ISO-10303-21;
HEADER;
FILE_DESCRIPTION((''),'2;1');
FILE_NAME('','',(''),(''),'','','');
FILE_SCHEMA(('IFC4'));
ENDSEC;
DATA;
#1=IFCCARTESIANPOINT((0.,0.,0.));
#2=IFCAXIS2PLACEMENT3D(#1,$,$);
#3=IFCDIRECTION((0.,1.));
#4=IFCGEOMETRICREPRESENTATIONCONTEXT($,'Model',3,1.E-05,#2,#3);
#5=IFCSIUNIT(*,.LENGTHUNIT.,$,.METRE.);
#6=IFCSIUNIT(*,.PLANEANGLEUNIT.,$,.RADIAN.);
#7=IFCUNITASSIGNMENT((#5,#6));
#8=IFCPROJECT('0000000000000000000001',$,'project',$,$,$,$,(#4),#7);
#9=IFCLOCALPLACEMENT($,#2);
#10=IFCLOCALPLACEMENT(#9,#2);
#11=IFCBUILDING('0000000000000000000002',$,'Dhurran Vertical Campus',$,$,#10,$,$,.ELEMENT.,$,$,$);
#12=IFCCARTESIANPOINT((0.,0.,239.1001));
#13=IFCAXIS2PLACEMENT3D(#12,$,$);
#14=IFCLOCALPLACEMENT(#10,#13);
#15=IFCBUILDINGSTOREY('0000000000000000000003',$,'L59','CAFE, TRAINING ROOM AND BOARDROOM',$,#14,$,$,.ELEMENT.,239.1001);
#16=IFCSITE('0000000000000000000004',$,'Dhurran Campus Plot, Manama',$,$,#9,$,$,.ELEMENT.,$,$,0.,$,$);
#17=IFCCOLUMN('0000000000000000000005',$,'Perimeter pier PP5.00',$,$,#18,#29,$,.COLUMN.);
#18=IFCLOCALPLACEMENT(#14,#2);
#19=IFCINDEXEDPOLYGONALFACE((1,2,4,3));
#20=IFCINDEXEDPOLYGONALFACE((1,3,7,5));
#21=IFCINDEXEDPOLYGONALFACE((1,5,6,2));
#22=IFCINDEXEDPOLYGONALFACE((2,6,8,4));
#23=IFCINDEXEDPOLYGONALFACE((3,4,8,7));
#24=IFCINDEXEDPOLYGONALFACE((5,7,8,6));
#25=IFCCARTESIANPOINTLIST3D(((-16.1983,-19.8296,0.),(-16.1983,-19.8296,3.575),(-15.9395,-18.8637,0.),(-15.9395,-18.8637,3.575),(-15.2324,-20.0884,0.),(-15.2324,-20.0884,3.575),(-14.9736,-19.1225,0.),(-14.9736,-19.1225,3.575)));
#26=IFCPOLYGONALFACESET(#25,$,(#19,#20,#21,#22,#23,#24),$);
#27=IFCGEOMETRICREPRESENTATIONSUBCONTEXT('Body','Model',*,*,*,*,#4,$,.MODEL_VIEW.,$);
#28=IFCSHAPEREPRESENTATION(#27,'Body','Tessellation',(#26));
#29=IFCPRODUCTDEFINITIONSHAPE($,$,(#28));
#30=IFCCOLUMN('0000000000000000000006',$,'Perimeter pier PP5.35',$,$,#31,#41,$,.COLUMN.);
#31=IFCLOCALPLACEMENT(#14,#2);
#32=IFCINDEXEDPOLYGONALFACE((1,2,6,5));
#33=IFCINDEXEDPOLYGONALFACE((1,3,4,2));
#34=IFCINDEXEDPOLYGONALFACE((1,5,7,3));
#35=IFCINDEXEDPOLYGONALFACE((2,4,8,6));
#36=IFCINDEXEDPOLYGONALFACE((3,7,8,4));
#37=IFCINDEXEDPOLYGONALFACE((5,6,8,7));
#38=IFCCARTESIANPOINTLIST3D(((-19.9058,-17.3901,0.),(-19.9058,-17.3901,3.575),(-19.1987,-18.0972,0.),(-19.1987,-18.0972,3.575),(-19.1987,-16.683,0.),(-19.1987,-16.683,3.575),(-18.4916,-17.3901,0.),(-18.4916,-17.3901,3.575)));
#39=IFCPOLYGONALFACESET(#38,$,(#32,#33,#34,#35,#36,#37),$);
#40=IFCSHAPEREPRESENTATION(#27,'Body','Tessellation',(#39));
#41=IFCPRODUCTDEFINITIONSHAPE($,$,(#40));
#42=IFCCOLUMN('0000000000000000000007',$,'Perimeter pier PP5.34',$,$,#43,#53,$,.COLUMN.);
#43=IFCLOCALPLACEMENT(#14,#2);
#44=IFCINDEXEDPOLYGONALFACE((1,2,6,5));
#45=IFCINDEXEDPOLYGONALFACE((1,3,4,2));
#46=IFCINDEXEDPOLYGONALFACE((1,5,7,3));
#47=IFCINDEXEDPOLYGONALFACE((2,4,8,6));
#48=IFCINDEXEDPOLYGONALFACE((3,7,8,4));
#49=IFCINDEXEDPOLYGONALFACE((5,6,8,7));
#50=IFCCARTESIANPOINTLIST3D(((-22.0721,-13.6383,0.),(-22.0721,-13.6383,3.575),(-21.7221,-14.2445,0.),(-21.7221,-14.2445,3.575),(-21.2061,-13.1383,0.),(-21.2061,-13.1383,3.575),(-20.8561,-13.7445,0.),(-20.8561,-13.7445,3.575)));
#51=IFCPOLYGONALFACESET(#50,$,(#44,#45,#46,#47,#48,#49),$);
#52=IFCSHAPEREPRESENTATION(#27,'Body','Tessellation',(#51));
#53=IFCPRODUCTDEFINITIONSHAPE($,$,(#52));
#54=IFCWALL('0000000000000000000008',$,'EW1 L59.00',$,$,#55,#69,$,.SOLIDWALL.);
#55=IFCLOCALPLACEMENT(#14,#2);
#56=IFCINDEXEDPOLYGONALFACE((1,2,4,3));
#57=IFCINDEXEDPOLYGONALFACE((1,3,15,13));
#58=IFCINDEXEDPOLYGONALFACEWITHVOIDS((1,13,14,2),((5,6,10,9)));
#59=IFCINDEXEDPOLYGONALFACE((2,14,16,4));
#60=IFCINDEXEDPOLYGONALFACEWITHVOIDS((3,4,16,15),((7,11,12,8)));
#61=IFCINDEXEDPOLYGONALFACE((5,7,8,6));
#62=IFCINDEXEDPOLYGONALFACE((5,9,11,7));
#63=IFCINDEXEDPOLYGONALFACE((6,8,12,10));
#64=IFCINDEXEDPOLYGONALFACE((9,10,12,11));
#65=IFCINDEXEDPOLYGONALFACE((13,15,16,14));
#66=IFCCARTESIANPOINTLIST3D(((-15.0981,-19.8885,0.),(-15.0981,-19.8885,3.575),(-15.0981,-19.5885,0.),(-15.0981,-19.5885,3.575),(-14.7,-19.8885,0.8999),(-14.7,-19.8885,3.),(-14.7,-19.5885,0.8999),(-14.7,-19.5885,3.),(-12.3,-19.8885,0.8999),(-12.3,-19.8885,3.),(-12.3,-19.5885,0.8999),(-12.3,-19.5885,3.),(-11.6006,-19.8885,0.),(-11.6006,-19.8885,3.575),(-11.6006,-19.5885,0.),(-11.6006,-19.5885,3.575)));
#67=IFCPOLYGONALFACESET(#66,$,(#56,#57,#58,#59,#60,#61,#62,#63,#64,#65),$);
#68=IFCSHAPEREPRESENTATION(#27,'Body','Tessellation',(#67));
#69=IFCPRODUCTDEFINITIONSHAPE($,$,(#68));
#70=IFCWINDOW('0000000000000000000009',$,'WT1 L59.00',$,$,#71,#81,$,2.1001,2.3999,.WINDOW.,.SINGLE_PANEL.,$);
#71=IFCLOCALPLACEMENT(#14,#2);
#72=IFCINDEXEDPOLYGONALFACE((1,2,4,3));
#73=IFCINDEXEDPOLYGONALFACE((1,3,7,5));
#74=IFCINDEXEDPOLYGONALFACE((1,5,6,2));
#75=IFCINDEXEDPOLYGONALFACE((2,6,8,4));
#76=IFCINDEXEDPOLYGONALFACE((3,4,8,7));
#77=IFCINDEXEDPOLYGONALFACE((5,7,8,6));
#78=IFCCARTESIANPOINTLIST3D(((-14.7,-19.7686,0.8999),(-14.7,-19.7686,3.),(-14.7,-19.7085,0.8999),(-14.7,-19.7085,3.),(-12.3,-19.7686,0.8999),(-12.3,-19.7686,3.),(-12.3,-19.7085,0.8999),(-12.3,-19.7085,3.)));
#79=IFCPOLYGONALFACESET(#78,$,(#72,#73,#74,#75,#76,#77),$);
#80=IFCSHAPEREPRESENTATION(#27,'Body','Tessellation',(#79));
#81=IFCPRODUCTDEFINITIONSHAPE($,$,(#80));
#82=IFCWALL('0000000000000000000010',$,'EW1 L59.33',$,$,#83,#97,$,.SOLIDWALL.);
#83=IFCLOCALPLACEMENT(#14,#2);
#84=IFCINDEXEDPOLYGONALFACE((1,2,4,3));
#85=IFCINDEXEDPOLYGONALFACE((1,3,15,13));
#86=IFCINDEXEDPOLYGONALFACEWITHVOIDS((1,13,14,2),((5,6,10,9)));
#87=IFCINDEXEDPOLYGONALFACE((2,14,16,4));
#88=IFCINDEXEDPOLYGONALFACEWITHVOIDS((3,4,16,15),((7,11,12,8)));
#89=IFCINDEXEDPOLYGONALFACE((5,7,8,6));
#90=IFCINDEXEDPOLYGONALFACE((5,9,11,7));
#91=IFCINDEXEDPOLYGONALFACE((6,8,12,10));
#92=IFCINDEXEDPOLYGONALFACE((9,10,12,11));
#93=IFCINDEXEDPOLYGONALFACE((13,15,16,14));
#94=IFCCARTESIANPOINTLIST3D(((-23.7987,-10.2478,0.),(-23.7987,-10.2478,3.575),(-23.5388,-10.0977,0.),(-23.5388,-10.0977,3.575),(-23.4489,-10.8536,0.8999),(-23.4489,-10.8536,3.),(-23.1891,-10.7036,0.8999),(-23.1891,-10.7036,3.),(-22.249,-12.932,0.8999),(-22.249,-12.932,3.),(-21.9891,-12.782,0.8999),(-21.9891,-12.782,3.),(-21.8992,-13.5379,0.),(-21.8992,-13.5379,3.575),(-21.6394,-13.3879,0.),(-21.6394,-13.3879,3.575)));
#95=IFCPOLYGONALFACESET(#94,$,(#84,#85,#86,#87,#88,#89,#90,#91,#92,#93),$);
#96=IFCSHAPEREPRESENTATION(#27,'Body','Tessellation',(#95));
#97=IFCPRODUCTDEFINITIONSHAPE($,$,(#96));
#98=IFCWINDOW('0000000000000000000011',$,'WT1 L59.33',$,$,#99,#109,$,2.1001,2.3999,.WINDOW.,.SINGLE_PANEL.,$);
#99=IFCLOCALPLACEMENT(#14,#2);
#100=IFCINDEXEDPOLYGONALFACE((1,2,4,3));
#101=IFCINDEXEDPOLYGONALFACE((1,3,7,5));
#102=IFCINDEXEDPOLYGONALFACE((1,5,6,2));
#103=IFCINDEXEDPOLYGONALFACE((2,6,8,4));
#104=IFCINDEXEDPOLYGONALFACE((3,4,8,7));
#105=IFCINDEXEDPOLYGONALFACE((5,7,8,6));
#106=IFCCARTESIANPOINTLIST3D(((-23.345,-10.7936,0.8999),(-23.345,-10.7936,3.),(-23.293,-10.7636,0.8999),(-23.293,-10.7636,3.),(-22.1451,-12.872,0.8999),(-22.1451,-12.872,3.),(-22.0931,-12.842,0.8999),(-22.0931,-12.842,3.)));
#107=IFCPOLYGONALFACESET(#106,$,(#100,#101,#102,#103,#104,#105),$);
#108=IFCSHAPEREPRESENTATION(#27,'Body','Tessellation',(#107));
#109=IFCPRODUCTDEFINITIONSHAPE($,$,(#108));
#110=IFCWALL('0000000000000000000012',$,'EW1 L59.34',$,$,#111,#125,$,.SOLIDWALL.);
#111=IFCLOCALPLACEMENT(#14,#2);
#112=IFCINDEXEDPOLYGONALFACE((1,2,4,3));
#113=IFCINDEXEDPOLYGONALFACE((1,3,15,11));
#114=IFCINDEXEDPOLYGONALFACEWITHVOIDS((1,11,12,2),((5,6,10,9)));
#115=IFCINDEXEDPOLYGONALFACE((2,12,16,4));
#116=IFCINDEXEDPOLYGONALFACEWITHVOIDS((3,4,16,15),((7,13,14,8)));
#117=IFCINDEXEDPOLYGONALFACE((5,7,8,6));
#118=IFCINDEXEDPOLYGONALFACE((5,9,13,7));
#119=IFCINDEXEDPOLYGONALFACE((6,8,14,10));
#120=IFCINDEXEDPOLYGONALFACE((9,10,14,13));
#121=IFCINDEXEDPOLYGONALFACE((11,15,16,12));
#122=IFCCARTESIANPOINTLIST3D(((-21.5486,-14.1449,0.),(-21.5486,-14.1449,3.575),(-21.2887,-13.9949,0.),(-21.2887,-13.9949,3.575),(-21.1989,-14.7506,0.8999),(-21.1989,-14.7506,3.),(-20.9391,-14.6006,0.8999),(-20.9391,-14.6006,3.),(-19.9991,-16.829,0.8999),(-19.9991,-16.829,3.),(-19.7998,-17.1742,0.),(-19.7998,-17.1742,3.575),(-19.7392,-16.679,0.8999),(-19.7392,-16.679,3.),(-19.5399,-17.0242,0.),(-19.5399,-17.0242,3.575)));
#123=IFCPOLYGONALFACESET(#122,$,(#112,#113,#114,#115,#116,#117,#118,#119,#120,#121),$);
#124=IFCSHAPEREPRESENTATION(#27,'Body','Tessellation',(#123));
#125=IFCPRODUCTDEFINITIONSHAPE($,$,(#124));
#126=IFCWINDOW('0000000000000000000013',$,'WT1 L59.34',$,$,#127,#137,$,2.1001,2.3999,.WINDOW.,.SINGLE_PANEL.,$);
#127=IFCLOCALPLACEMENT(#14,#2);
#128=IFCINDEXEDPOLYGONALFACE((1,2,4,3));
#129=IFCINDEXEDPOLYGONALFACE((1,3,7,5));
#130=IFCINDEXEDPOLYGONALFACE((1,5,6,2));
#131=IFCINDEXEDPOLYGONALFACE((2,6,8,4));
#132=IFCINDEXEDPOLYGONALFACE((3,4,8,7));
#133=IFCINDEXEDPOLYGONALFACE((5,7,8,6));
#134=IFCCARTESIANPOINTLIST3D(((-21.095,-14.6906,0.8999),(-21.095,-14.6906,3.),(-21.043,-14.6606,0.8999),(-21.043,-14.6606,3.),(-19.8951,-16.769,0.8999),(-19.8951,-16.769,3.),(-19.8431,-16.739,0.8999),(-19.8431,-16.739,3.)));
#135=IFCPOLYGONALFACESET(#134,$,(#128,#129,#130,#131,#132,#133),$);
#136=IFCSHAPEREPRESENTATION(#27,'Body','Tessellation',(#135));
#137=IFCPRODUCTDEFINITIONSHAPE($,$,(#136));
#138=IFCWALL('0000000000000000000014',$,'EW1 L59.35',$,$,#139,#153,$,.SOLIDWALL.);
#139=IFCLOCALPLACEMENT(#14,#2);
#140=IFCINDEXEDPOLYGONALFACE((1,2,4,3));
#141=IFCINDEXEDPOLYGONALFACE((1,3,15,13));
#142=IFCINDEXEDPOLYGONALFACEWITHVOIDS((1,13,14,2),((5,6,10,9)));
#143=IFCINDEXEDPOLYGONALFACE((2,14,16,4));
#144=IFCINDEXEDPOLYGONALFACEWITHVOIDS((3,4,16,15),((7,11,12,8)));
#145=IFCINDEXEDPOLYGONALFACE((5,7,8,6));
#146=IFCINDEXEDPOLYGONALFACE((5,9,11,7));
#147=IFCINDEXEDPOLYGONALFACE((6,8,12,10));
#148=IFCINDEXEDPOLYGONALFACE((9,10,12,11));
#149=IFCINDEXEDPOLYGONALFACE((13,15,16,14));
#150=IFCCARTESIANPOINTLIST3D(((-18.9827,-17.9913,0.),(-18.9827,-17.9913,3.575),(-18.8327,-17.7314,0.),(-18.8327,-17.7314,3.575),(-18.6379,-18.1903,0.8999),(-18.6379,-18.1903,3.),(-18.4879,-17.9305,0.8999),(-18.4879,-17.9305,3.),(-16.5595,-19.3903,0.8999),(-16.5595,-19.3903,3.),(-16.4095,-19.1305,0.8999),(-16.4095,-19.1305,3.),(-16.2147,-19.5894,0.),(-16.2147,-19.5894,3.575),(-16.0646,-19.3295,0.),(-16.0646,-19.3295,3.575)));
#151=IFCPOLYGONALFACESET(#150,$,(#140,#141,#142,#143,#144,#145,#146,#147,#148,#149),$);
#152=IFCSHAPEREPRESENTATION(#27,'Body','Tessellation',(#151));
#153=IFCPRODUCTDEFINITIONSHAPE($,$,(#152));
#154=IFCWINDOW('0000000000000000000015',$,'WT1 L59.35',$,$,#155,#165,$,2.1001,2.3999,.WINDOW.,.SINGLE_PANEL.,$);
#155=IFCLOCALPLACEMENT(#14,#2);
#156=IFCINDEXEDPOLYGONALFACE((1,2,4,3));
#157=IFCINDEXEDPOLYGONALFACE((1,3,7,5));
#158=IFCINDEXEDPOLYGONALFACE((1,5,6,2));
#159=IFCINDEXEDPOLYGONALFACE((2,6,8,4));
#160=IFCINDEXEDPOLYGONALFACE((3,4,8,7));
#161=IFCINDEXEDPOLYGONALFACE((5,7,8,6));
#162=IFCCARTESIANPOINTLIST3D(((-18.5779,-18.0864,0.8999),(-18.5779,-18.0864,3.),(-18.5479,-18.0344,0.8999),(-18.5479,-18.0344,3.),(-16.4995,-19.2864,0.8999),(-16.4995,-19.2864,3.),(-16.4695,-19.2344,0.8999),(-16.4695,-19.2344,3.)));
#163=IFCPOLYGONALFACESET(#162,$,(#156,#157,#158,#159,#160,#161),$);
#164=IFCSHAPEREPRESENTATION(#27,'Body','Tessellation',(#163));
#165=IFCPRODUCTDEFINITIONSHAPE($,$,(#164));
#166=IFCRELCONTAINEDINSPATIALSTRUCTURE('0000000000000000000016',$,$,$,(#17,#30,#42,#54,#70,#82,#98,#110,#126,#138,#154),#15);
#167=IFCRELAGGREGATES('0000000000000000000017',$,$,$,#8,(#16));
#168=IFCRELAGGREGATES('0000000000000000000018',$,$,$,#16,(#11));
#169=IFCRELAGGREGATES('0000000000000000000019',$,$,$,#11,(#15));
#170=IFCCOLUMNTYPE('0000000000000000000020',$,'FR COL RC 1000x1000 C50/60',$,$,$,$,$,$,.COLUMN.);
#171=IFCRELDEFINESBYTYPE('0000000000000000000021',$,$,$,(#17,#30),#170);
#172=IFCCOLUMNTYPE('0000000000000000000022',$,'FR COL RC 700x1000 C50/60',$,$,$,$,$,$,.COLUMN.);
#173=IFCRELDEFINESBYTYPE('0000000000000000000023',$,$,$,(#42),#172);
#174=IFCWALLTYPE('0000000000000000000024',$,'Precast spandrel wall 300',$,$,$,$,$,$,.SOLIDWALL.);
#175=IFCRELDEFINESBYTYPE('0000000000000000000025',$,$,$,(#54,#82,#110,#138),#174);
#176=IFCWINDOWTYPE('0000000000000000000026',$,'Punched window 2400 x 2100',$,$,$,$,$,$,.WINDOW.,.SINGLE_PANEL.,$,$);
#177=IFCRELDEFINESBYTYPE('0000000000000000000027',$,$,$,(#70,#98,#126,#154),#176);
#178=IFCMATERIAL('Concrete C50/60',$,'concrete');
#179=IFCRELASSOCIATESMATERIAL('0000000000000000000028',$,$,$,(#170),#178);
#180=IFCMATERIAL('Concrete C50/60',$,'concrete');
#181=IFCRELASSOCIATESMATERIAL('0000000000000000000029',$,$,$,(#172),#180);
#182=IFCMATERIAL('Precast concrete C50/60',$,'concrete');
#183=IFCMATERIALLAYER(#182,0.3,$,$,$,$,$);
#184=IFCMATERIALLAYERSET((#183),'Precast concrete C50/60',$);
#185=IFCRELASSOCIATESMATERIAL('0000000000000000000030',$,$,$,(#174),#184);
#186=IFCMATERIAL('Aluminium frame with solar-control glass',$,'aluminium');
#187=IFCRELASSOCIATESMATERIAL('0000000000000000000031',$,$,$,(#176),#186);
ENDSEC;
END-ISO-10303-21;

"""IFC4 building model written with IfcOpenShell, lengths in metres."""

from ifc_helpers import new_model, si_unit, direction, frame, frame_2d, origin, origin_2d, place, context, subcontext, project, spatial, rectangle, extrude, material, layer, layer_set, material_profile, profile_set, type_object, element, fill, save


model = new_model("IFC4")

# Units and contexts
model_context = context("Model", 3, precision=1e-05, world=origin(), true_north=direction((0.0, 1.0)))
body_context = subcontext(model_context, "Body", "Model", "MODEL_VIEW")
ifc_project = project(units=[si_unit("LENGTHUNIT", "METRE"), si_unit("PLANEANGLEUNIT", "RADIAN")], contexts=[model_context])

# Site, building, storey
site_placement = place(None, origin())
site = spatial("IfcSite", under=ifc_project, at=site_placement, Name="Dhurran Campus Plot, Manama", CompositionType="ELEMENT", RefElevation=0.0)
building_placement = place(site_placement, origin())
building = spatial("IfcBuilding", under=site, at=building_placement, Name="Dhurran Vertical Campus", CompositionType="ELEMENT")
storey_placement = place(building_placement, frame((0.0, 0.0, 239.1001)))
storey = spatial("IfcBuildingStorey", under=building, at=storey_placement, Name="L59", Description="CAFE, TRAINING ROOM AND BOARDROOM", CompositionType="ELEMENT", Elevation=239.1001)

# Columns
ifc_material_1 = material(Name="Concrete C50/60", Category="concrete")
ifc_material_profile_1 = material_profile(ifc_material_1, rectangle(XDim=1.0, YDim=1.0, at=origin_2d()), Name="RC 1000x1000")
ifc_profile_set_1 = profile_set([ifc_material_profile_1], Name="Concrete C50/60")
column_type_1 = type_object("IfcColumnType", Name="FR COL RC 1000x1000 C50/60", PredefinedType="COLUMN", material=ifc_profile_set_1)
for number, where, z_axis, x_axis, name in (
    (1, (-15.5859, -19.4761, 0.0), (0.0, 0.0, 1.0), (0.965926, -0.258819, 0.0), "Perimeter pier PP5.00"),
    (2, (-19.1987, -17.3901, 0.0), (0.0, 0.0, 1.0), (0.707107, -0.707107, 0.0), "Perimeter pier PP5.35"),
):
    element("IfcColumn", number, at=place(storey_placement, frame(where, z_axis=z_axis, x_axis=x_axis)), inside=storey, type_object=column_type_1, Name=name, PredefinedType="COLUMN", context=body_context, shape_type="SweptSolid", body=[
        extrude(rectangle(XDim=1.0, YDim=1.0, at=origin_2d()), origin(), (0.0, 0.0, 1.0), 3.575),
    ])
ifc_material_2 = material(Name="Concrete C50/60", Category="concrete")
ifc_material_profile_2 = material_profile(ifc_material_2, rectangle(XDim=0.7, YDim=1.0, at=origin_2d()), Name="RC 700x1000")
ifc_profile_set_2 = profile_set([ifc_material_profile_2], Name="Concrete C50/60")
column_type_2 = type_object("IfcColumnType", Name="FR COL RC 700x1000 C50/60", PredefinedType="COLUMN", material=ifc_profile_set_2)
column_placement = place(storey_placement, frame((-21.4641, -13.6914, 0.0), z_axis=(0.0, 0.0, 1.0), x_axis=(0.5, -0.866025, 0.0)))
element("IfcColumn", 3, at=column_placement, inside=storey, type_object=column_type_2, Name="Perimeter pier PP5.34", PredefinedType="COLUMN", context=body_context, shape_type="SweptSolid", body=[
    extrude(rectangle(XDim=0.7, YDim=1.0, at=origin_2d()), origin(), (0.0, 0.0, 1.0), 3.575),
])

# Walls, openings, windows
ifc_material_3 = material(Name="Precast concrete C50/60", Category="concrete")
ifc_layer_1 = layer(ifc_material_3, 0.3)
ifc_layer_set_1 = layer_set([ifc_layer_1], Name="Precast concrete C50/60")
wall_type_1 = type_object("IfcWallType", Name="Precast spandrel wall 300", PredefinedType="SOLIDWALL", material=ifc_layer_set_1)
wall_1_placement = place(storey_placement, frame((-15.0981, -19.7385, 0.0), z_axis=(0.0, 0.0, 1.0), x_axis=(1.0, 0.0, 0.0)))
wall_1 = element("IfcWall", 4, at=wall_1_placement, inside=storey, type_object=wall_type_1, Name="EW1 L59.00", PredefinedType="SOLIDWALL", context=body_context, shape_type="SweptSolid", body=[
    extrude(rectangle(XDim=3.4976, YDim=0.3, at=frame_2d((1.7488, 0.0))), origin(), (0.0, 0.0, 1.0), 3.575),
])
opening_1_placement = place(wall_1_placement, frame((0.3982, 0.0, 0.8999)))
opening_1 = element("IfcOpeningElement", 5, at=opening_1_placement, cuts=wall_1, PredefinedType="OPENING", context=body_context, shape_type="SweptSolid", body=[
    extrude(rectangle(XDim=2.3999, YDim=2.1001, at=frame_2d((1.2, 1.05))), frame((0.0, 0.1599, 0.0), z_axis=(0.0, -1.0, 0.0), x_axis=(1.0, 0.0, 0.0)), (0.0, 0.0, 1.0), 0.3201),
])
ifc_material_4 = material(Name="Aluminium frame with solar-control glass", Category="aluminium")
window_type = type_object("IfcWindowType", Name="Punched window 2400 x 2100", PartitioningType="SINGLE_PANEL", PredefinedType="WINDOW", material=ifc_material_4)
window_1_placement = place(opening_1_placement, origin())
window_1 = element("IfcWindow", 6, at=window_1_placement, inside=storey, type_object=window_type, Name="WT1 L59.00", OverallHeight=2.1001, OverallWidth=2.3999, PartitioningType="SINGLE_PANEL", PredefinedType="WINDOW", context=body_context, shape_type="SweptSolid", body=[
    extrude(rectangle(XDim=2.3999, YDim=2.1001, at=frame_2d((1.2, 1.05))), frame((0.0, 0.03, 0.0), z_axis=(0.0, -1.0, 0.0), x_axis=(1.0, 0.0, 0.0)), (0.0, 0.0, 1.0), 0.0601),
])
fill(opening_1, window_1)
wall_2_placement = place(storey_placement, frame((-23.6687, -10.1729, 0.0), z_axis=(0.0, 0.0, 1.0), x_axis=(0.499982, -0.866036, 0.0)))
wall_2 = element("IfcWall", 7, at=wall_2_placement, inside=storey, type_object=wall_type_1, Name="EW1 L59.33", PredefinedType="SOLIDWALL", context=body_context, shape_type="SweptSolid", body=[
    extrude(rectangle(XDim=3.7991, YDim=0.3, at=frame_2d((1.8994, 0.0))), origin(), (0.0, 0.0, 1.0), 3.575),
])
opening_2_placement = place(wall_2_placement, frame((0.6995, 0.0, 0.8999)))
opening_2 = element("IfcOpeningElement", 8, at=opening_2_placement, cuts=wall_2, PredefinedType="OPENING", context=body_context, shape_type="SweptSolid", body=[
    extrude(rectangle(XDim=2.3999, YDim=2.1001, at=frame_2d((1.2, 1.05))), frame((0.0, 0.1599, 0.0), z_axis=(0.0, -1.0, 0.0), x_axis=(1.0, 0.0, 0.0)), (0.0, 0.0, 1.0), 0.3201),
])
window_2_placement = place(opening_2_placement, origin())
window_2 = element("IfcWindow", 9, at=window_2_placement, inside=storey, type_object=window_type, Name="WT1 L59.33", OverallHeight=2.1001, OverallWidth=2.3999, PartitioningType="SINGLE_PANEL", PredefinedType="WINDOW", context=body_context, shape_type="SweptSolid", body=[
    extrude(rectangle(XDim=2.3999, YDim=2.1001, at=frame_2d((1.2, 1.05))), frame((0.0, 0.03, 0.0), z_axis=(0.0, -1.0, 0.0), x_axis=(1.0, 0.0, 0.0)), (0.0, 0.0, 1.0), 0.0601),
])
fill(opening_2, window_2)
wall_3_placement = place(storey_placement, frame((-21.4187, -14.0698, 0.0), z_axis=(0.0, 0.0, 1.0), x_axis=(0.49996, -0.866048, 0.0)))
wall_3 = element("IfcWall", 10, at=wall_3_placement, inside=storey, type_object=wall_type_1, Name="EW1 L59.34", PredefinedType="SOLIDWALL", context=body_context, shape_type="SweptSolid", body=[
    extrude(rectangle(XDim=3.4978, YDim=0.3, at=frame_2d((1.749, 0.0))), origin(), (0.0, 0.0, 1.0), 3.575),
])
opening_3_placement = place(wall_3_placement, frame((0.6995, 0.0, 0.8999)))
opening_3 = element("IfcOpeningElement", 11, at=opening_3_placement, cuts=wall_3, PredefinedType="OPENING", context=body_context, shape_type="SweptSolid", body=[
    extrude(rectangle(XDim=2.3999, YDim=2.1001, at=frame_2d((1.2, 1.05))), frame((0.0, 0.1599, 0.0), z_axis=(0.0, -1.0, 0.0), x_axis=(1.0, 0.0, 0.0)), (0.0, 0.0, 1.0), 0.3201),
])
window_3_placement = place(opening_3_placement, origin())
window_3 = element("IfcWindow", 12, at=window_3_placement, inside=storey, type_object=window_type, Name="WT1 L59.34", OverallHeight=2.1001, OverallWidth=2.3999, PartitioningType="SINGLE_PANEL", PredefinedType="WINDOW", context=body_context, shape_type="SweptSolid", body=[
    extrude(rectangle(XDim=2.3999, YDim=2.1001, at=frame_2d((1.2, 1.05))), frame((0.0, 0.03, 0.0), z_axis=(0.0, -1.0, 0.0), x_axis=(1.0, 0.0, 0.0)), (0.0, 0.0, 1.0), 0.0601),
])
fill(opening_3, window_3)
wall_4_placement = place(storey_placement, frame((-18.9077, -17.8613, 0.0), z_axis=(0.0, 0.0, 1.0), x_axis=(0.866025, -0.5, 0.0)))
wall_4 = element("IfcWall", 13, at=wall_4_placement, inside=storey, type_object=wall_type_1, Name="EW1 L59.35", PredefinedType="SOLIDWALL", context=body_context, shape_type="SweptSolid", body=[
    extrude(rectangle(XDim=3.1963, YDim=0.3, at=frame_2d((1.5981, 0.0))), origin(), (0.0, 0.0, 1.0), 3.575),
])
opening_4_placement = place(wall_4_placement, frame((0.3982, 0.0, 0.8999)))
opening_4 = element("IfcOpeningElement", 14, at=opening_4_placement, cuts=wall_4, PredefinedType="OPENING", context=body_context, shape_type="SweptSolid", body=[
    extrude(rectangle(XDim=2.3999, YDim=2.1001, at=frame_2d((1.2, 1.05))), frame((0.0, 0.1599, 0.0), z_axis=(0.0, -1.0, 0.0), x_axis=(1.0, 0.0, 0.0)), (0.0, 0.0, 1.0), 0.3201),
])
window_4_placement = place(opening_4_placement, origin())
window_4 = element("IfcWindow", 15, at=window_4_placement, inside=storey, type_object=window_type, Name="WT1 L59.35", OverallHeight=2.1001, OverallWidth=2.3999, PartitioningType="SINGLE_PANEL", PredefinedType="WINDOW", context=body_context, shape_type="SweptSolid", body=[
    extrude(rectangle(XDim=2.3999, YDim=2.1001, at=frame_2d((1.2, 1.05))), frame((0.0, 0.03, 0.0), z_axis=(0.0, -1.0, 0.0), x_axis=(1.0, 0.0, 0.0)), (0.0, 0.0, 1.0), 0.0601),
])
fill(opening_4, window_4)

save(model, "model.ifc")
